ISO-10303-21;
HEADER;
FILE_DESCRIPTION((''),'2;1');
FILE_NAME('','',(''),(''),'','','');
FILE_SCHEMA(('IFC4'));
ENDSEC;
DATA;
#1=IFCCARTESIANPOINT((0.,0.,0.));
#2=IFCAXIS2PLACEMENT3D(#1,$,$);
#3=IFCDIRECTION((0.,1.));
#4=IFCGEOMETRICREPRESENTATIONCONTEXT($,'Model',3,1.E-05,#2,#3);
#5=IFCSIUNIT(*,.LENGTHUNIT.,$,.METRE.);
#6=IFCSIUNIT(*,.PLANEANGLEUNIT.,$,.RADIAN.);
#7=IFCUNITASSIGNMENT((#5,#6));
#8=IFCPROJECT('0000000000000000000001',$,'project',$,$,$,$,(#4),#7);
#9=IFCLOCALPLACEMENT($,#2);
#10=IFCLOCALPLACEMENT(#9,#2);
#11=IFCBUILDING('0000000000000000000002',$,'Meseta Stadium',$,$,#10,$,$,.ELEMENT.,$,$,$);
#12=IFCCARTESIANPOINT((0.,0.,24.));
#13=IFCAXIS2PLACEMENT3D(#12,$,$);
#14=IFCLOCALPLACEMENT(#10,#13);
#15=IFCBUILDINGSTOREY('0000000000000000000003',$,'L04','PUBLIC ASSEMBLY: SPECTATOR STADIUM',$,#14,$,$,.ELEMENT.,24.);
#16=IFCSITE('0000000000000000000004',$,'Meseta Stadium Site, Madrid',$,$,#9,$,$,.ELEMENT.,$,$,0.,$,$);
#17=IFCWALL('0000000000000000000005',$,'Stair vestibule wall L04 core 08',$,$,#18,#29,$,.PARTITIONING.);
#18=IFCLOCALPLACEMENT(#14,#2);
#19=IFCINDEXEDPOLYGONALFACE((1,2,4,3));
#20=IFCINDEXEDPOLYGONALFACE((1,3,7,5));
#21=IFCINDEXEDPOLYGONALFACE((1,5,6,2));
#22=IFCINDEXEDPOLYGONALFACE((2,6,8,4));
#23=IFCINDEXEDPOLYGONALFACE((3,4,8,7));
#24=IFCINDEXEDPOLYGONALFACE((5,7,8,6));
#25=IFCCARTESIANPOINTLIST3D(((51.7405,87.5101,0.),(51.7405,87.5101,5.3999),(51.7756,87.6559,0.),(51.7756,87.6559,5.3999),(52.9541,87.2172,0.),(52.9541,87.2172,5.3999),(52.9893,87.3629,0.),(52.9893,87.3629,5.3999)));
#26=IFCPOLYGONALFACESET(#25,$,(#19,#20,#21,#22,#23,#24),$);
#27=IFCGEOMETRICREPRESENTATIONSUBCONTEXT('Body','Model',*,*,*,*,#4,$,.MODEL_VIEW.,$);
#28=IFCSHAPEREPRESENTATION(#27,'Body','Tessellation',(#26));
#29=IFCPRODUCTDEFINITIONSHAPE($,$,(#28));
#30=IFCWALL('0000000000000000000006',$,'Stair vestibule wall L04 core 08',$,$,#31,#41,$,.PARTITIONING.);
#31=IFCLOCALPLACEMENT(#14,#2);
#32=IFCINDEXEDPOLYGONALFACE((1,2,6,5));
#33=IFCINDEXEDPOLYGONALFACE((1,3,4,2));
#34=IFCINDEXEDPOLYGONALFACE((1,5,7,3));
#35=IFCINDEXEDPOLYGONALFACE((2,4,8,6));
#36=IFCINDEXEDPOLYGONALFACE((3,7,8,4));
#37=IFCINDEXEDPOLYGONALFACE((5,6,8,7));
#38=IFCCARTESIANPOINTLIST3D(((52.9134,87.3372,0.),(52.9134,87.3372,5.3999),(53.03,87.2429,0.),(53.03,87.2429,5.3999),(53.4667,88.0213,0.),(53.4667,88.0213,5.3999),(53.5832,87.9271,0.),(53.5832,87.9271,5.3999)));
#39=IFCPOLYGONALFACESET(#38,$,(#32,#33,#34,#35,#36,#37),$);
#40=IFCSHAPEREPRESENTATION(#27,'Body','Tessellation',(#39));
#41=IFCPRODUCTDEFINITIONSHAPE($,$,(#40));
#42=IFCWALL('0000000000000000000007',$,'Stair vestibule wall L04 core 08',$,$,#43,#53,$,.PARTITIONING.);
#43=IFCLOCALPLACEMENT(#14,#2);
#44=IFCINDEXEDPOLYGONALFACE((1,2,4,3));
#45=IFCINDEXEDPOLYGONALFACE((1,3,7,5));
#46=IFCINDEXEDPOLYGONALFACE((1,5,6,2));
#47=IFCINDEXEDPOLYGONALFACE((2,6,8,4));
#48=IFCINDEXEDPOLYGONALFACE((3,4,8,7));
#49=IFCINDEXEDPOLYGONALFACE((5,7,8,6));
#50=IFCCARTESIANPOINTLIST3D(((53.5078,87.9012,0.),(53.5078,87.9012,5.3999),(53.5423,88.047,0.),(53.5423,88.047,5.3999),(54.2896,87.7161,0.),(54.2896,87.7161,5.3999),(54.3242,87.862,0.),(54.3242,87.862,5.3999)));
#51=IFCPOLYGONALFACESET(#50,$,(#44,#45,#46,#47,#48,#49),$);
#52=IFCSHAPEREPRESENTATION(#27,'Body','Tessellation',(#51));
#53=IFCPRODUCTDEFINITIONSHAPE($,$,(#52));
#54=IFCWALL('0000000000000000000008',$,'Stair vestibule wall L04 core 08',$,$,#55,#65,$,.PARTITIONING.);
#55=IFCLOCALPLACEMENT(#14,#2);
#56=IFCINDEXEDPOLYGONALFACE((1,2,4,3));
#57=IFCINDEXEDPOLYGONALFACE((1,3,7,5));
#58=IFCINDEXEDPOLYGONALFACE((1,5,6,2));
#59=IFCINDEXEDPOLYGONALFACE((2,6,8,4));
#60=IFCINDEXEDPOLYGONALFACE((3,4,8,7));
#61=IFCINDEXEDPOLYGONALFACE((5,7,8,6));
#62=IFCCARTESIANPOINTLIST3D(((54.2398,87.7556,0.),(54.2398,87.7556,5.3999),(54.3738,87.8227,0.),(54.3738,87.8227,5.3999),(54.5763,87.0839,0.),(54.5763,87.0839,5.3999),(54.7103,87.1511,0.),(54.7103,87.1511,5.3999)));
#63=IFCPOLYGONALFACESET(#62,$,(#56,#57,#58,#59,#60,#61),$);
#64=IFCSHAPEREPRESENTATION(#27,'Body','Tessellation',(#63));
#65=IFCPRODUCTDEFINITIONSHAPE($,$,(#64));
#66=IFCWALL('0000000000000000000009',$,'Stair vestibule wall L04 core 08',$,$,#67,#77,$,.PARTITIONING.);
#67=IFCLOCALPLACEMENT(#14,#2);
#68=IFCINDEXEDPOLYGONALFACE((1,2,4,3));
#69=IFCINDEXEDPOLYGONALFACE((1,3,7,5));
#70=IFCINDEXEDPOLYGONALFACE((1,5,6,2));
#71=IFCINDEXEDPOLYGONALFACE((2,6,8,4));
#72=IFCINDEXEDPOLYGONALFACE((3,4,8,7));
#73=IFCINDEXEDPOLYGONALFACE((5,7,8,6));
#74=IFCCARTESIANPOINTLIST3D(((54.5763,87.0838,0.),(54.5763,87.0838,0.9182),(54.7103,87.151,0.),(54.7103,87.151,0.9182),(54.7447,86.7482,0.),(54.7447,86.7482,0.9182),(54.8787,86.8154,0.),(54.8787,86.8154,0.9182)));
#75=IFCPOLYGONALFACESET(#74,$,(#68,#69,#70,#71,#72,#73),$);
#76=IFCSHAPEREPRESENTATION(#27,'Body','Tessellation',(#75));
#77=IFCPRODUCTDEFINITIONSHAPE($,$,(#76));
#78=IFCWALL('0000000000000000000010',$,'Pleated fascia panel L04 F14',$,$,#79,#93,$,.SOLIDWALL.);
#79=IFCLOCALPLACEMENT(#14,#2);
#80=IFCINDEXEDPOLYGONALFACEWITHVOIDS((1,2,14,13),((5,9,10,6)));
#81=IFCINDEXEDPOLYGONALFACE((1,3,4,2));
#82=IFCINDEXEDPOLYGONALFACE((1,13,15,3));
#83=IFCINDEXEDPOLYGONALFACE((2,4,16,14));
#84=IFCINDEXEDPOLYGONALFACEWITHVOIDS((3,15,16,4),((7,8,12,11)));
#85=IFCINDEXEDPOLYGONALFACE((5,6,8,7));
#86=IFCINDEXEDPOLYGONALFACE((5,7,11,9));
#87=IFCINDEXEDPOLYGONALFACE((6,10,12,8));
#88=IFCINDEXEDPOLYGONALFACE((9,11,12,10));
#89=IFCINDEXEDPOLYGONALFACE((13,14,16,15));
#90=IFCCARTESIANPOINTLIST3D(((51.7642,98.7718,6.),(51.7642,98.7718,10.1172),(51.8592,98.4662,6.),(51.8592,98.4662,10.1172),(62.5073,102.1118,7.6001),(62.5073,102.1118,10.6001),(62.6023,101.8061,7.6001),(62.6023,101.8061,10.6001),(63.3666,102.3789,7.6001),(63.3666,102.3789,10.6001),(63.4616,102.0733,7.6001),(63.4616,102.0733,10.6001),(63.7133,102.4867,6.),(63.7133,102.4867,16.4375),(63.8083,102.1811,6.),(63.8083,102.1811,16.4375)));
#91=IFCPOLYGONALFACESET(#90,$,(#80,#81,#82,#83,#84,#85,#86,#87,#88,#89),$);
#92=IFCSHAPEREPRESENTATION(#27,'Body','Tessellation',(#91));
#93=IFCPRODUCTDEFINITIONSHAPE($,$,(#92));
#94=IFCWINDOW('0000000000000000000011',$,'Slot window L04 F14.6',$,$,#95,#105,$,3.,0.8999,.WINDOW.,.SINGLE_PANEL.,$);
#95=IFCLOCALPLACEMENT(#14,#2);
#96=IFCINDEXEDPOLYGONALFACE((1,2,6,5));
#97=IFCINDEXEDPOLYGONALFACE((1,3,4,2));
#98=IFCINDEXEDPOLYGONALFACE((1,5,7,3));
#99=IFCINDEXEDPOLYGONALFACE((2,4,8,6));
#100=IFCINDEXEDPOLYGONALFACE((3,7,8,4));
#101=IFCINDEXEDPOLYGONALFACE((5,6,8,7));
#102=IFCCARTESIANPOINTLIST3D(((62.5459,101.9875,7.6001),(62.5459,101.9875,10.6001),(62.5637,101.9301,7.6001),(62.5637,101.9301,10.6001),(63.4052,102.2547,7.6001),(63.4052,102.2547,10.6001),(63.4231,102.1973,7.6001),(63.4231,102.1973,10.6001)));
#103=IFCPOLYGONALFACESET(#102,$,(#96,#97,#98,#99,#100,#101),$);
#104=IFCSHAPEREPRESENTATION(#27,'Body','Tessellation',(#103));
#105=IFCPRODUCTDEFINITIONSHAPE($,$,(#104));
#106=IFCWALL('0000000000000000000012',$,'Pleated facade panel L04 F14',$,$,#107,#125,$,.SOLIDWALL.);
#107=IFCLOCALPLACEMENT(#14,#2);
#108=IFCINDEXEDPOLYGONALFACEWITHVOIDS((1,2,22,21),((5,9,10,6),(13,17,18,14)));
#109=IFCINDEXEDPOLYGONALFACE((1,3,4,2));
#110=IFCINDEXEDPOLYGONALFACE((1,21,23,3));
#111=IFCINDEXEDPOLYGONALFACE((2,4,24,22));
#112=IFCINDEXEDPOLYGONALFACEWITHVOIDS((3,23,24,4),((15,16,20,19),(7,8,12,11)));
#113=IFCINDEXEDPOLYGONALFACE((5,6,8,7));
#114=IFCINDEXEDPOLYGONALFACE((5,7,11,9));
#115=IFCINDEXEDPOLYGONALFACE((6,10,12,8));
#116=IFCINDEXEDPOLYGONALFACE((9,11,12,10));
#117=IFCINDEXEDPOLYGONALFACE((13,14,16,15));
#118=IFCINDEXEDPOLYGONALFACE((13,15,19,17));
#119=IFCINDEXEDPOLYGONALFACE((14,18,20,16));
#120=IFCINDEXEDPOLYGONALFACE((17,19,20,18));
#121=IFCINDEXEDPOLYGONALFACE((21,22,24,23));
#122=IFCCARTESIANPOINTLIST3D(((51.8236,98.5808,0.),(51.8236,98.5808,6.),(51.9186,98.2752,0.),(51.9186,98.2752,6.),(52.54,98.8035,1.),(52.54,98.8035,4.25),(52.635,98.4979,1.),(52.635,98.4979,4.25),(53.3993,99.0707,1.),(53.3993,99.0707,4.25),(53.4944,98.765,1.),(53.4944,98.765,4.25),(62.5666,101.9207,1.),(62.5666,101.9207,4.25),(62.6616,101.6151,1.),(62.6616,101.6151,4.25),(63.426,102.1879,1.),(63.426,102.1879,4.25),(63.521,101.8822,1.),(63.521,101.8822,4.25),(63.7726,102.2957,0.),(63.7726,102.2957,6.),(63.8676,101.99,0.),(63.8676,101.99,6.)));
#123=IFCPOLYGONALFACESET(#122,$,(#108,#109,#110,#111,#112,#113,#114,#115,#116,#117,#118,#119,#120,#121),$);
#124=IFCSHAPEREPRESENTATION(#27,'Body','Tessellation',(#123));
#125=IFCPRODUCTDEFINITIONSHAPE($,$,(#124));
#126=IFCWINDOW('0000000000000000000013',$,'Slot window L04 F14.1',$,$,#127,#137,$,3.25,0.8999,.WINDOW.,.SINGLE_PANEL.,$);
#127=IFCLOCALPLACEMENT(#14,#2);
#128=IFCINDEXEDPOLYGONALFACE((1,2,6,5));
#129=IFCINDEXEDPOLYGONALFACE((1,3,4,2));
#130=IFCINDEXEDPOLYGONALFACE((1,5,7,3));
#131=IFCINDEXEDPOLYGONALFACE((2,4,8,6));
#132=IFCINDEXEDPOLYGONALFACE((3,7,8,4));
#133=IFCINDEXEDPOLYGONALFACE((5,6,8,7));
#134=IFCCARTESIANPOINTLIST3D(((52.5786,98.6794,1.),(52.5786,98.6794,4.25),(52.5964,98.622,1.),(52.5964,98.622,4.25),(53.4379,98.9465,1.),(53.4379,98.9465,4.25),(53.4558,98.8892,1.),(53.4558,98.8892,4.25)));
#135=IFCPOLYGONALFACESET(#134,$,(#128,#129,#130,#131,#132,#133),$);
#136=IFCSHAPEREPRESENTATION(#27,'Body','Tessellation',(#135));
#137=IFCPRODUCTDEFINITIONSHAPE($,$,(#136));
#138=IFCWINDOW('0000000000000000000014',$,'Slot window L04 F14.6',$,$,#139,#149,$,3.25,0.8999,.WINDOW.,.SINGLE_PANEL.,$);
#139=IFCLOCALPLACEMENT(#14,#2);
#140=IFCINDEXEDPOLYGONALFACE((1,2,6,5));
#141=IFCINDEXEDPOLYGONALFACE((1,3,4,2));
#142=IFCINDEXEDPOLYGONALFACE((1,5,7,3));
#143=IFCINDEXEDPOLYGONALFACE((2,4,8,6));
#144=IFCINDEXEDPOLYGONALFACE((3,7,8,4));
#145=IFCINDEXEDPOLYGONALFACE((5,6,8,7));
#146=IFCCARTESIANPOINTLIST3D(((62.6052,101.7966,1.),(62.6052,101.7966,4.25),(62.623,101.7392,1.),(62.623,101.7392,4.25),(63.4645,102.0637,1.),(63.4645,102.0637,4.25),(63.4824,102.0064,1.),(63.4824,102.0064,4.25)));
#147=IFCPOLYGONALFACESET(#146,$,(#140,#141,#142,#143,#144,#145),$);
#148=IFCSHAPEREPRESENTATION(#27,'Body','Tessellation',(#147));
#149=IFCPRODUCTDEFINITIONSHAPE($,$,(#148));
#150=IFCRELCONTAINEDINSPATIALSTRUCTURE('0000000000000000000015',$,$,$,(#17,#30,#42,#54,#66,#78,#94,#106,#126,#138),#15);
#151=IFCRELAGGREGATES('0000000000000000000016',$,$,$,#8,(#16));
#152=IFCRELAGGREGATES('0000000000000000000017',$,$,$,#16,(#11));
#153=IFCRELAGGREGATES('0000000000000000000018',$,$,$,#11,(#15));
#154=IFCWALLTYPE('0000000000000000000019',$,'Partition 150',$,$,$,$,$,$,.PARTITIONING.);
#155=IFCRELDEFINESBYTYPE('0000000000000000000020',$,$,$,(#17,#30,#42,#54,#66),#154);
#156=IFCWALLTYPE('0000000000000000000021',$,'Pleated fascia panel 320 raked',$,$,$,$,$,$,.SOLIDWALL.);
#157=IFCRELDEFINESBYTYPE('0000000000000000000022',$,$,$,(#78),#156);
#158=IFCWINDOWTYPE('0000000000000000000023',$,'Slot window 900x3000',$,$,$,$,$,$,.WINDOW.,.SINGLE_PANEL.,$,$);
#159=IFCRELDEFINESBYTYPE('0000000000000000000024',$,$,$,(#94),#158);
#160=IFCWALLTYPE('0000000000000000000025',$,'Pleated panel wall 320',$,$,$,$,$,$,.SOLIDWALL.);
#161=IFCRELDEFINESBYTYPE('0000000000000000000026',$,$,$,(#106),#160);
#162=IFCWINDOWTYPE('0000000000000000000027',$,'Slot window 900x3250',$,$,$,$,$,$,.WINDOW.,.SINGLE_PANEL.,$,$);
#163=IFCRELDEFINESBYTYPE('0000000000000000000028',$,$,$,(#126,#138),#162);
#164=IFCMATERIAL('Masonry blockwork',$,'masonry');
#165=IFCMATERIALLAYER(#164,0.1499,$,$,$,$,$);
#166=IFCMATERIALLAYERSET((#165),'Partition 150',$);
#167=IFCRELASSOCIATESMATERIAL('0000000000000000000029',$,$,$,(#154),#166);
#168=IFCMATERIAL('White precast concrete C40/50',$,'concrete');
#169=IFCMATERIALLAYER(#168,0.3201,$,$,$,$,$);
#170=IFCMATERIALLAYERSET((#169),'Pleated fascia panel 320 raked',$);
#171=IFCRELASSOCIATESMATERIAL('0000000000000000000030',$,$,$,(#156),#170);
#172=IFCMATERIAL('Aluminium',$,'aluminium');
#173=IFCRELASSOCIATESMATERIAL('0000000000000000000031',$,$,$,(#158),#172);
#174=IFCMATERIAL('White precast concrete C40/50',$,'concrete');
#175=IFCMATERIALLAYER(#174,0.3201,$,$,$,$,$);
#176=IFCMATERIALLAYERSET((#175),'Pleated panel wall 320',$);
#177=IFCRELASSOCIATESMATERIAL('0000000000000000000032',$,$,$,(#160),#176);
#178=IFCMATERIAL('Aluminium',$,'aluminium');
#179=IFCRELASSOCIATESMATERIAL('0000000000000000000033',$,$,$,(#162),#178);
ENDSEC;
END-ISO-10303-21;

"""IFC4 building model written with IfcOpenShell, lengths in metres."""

from ifc_helpers import new_model, si_unit, direction, frame, frame_2d, origin, place, context, subcontext, project, spatial, polyline, rectangle, outline, extrude, material, layer, layer_set, type_object, element, fill, save


model = new_model("IFC4")

# Units and contexts
model_context = context("Model", 3, precision=1e-05, world=origin(), true_north=direction((0.0, 1.0)))
body_context = subcontext(model_context, "Body", "Model", "MODEL_VIEW")
ifc_project = project(units=[si_unit("LENGTHUNIT", "METRE"), si_unit("PLANEANGLEUNIT", "RADIAN")], contexts=[model_context])

# Site, building, storey
site_placement = place(None, origin())
site = spatial("IfcSite", under=ifc_project, at=site_placement, Name="Meseta Stadium Site, Madrid", CompositionType="ELEMENT", RefElevation=0.0)
building_placement = place(site_placement, origin())
building = spatial("IfcBuilding", under=site, at=building_placement, Name="Meseta Stadium", CompositionType="ELEMENT")
storey_placement = place(building_placement, frame((0.0, 0.0, 24.0)))
storey = spatial("IfcBuildingStorey", under=building, at=storey_placement, Name="L04", Description="PUBLIC ASSEMBLY: SPECTATOR STADIUM", CompositionType="ELEMENT", Elevation=24.0)

# Shared definitions
ifc_material_1 = material(Name="Masonry blockwork", Category="masonry")
ifc_layer_1 = layer(ifc_material_1, 0.1499)
ifc_layer_set_1 = layer_set([ifc_layer_1], Name="Partition 150")
wall_type_1 = type_object("IfcWallType", Name="Partition 150", PredefinedType="PARTITIONING", material=ifc_layer_set_1)

# Walls
wall_1_placement = place(storey_placement, frame((51.7581, 87.583, 0.0), z_axis=(0.0, 0.0, 1.0), x_axis=(0.972078, -0.23466, 0.0)))
element("IfcWall", 1, at=wall_1_placement, inside=storey, type_object=wall_type_1, Name="Stair vestibule wall L04 core 08", PredefinedType="PARTITIONING", context=body_context, shape_type="SweptSolid", body=[
    extrude(rectangle(XDim=1.2485, YDim=0.1499, at=frame_2d((0.6243, 0.0))), origin(), (0.0, 0.0, 1.0), 5.3999),
])
wall_2_placement = place(storey_placement, frame((52.9717, 87.29, 0.0), z_axis=(0.0, 0.0, 1.0), x_axis=(0.628815, 0.777555, 0.0)))
element("IfcWall", 2, at=wall_2_placement, inside=storey, type_object=wall_type_1, Name="Stair vestibule wall L04 core 08", PredefinedType="PARTITIONING", context=body_context, shape_type="SweptSolid", body=[
    extrude(rectangle(XDim=0.8799, YDim=0.1499, at=frame_2d((0.4399, 0.0))), origin(), (0.0, 0.0, 1.0), 5.3999),
])
wall_3_placement = place(storey_placement, frame((53.5249, 87.9741, 0.0), z_axis=(0.0, 0.0, 1.0), x_axis=(0.973122, -0.230292, 0.0)))
element("IfcWall", 3, at=wall_3_placement, inside=storey, type_object=wall_type_1, Name="Stair vestibule wall L04 core 08", PredefinedType="PARTITIONING", context=body_context, shape_type="SweptSolid", body=[
    extrude(rectangle(XDim=0.8035, YDim=0.1499, at=frame_2d((0.4019, 0.0))), origin(), (0.0, 0.0, 1.0), 5.3999),
])
wall_4_placement = place(storey_placement, frame((54.3069, 87.7891, 0.0), z_axis=(0.0, 0.0, 1.0), x_axis=(0.447863, -0.894102, 0.0)))
element("IfcWall", 4, at=wall_4_placement, inside=storey, type_object=wall_type_1, Name="Stair vestibule wall L04 core 08", PredefinedType="PARTITIONING", context=body_context, shape_type="SweptSolid", body=[
    extrude(rectangle(XDim=0.7512, YDim=0.1499, at=frame_2d((0.3755, 0.0))), origin(), (0.0, 0.0, 1.0), 5.3999),
])
wall_5_placement = place(storey_placement, frame((54.6433, 87.1174, 0.0), z_axis=(0.0, 0.0, 1.0), x_axis=(0.448513, -0.893776, 0.0)))
element("IfcWall", 5, at=wall_5_placement, inside=storey, type_object=wall_type_1, Name="Stair vestibule wall L04 core 08", PredefinedType="PARTITIONING", context=body_context, shape_type="SweptSolid", body=[
    extrude(rectangle(XDim=0.3755, YDim=0.1499, at=frame_2d((0.1877, 0.0))), origin(), (0.0, 0.0, 1.0), 0.9182),
])

# Wall, opening, window
ifc_material_2 = material(Name="White precast concrete C40/50", Category="concrete")
ifc_layer_2 = layer(ifc_material_2, 0.3201)
ifc_layer_set_2 = layer_set([ifc_layer_2], Name="Pleated fascia panel 320 raked")
wall_type_2 = type_object("IfcWallType", Name="Pleated fascia panel 320 raked", PredefinedType="SOLIDWALL", material=ifc_layer_set_2)
wall_6_placement = place(storey_placement, frame((51.8118, 98.6189, 6.0), z_axis=(0.0, 0.0, 1.0), x_axis=(0.954916, 0.296876, 0.0)))
wall_6 = element("IfcWall", 6, at=wall_6_placement, inside=storey, type_object=wall_type_2, Name="Pleated fascia panel L04 F14", PredefinedType="SOLIDWALL", context=body_context, shape_type="SweptSolid", body=[
    extrude(outline(polyline([(0.0, 0.0), (12.5132, 0.0), (12.5132, 10.4375), (0.0, 4.1172), (0.0, 0.0)])), frame((0.0, 0.1602, 0.0), z_axis=(0.0, -1.0, 0.0), x_axis=(1.0, 0.0, 0.0)), (0.0, 0.0, 1.0), 0.3201),
])
opening_1_placement = place(wall_6_placement, frame((11.2502, 0.0, 1.6001)))
opening_1 = element("IfcOpeningElement", 7, at=opening_1_placement, cuts=wall_6, PredefinedType="OPENING", context=body_context, shape_type="SweptSolid", body=[
    extrude(rectangle(XDim=0.8999, YDim=3.0, at=frame_2d((0.45, 1.5))), frame((0.0, 0.1699, 0.0), z_axis=(0.0, -1.0, 0.0), x_axis=(1.0, 0.0, 0.0)), (0.0, 0.0, 1.0), 0.3401),
])
ifc_material_3 = material(Name="Aluminium", Category="aluminium")
window_type_1 = type_object("IfcWindowType", Name="Slot window 900x3000", PartitioningType="SINGLE_PANEL", PredefinedType="WINDOW", material=ifc_material_3)
window_1_placement = place(opening_1_placement, origin())
window_1 = element("IfcWindow", 8, at=window_1_placement, inside=storey, type_object=window_type_1, Name="Slot window L04 F14.6", OverallHeight=3.0, OverallWidth=0.8999, PartitioningType="SINGLE_PANEL", PredefinedType="WINDOW", context=body_context, shape_type="SweptSolid", body=[
    extrude(rectangle(XDim=0.8999, YDim=3.0, at=frame_2d((0.45, 1.5))), frame((0.0, 0.03, 0.0), z_axis=(0.0, -1.0, 0.0), x_axis=(1.0, 0.0, 0.0)), (0.0, 0.0, 1.0), 0.0601),
])
fill(opening_1, window_1)

# Wall, openings, windows
ifc_material_4 = material(Name="White precast concrete C40/50", Category="concrete")
ifc_layer_3 = layer(ifc_material_4, 0.3201)
ifc_layer_set_3 = layer_set([ifc_layer_3], Name="Pleated panel wall 320")
wall_type_3 = type_object("IfcWallType", Name="Pleated panel wall 320", PredefinedType="SOLIDWALL", material=ifc_layer_set_3)
wall_7_placement = place(storey_placement, frame((51.8711, 98.428, 0.0), z_axis=(0.0, 0.0, 1.0), x_axis=(0.954916, 0.296876, 0.0)))
wall_7 = element("IfcWall", 9, at=wall_7_placement, inside=storey, type_object=wall_type_3, Name="Pleated facade panel L04 F14", PredefinedType="SOLIDWALL", context=body_context, shape_type="SweptSolid", body=[
    extrude(rectangle(XDim=12.5132, YDim=0.3201, at=frame_2d((6.2566, 0.0))), origin(), (0.0, 0.0, 1.0), 6.0),
])
opening_2_placement = place(wall_7_placement, frame((0.7502, 0.0, 1.0)))
opening_2 = element("IfcOpeningElement", 10, at=opening_2_placement, cuts=wall_7, PredefinedType="OPENING", context=body_context, shape_type="SweptSolid", body=[
    extrude(rectangle(XDim=0.8999, YDim=3.25, at=frame_2d((0.45, 1.625))), frame((0.0, 0.1699, 0.0), z_axis=(0.0, -1.0, 0.0), x_axis=(1.0, 0.0, 0.0)), (0.0, 0.0, 1.0), 0.3401),
])
opening_3_placement = place(wall_7_placement, frame((11.2502, 0.0, 1.0)))
opening_3 = element("IfcOpeningElement", 11, at=opening_3_placement, cuts=wall_7, PredefinedType="OPENING", context=body_context, shape_type="SweptSolid", body=[
    extrude(rectangle(XDim=0.8999, YDim=3.25, at=frame_2d((0.45, 1.625))), frame((0.0, 0.1699, 0.0), z_axis=(0.0, -1.0, 0.0), x_axis=(1.0, 0.0, 0.0)), (0.0, 0.0, 1.0), 0.3401),
])
ifc_material_5 = material(Name="Aluminium", Category="aluminium")
window_type_2 = type_object("IfcWindowType", Name="Slot window 900x3250", PartitioningType="SINGLE_PANEL", PredefinedType="WINDOW", material=ifc_material_5)
window_2_placement = place(opening_2_placement, origin())
window_2 = element("IfcWindow", 12, at=window_2_placement, inside=storey, type_object=window_type_2, Name="Slot window L04 F14.1", OverallHeight=3.25, OverallWidth=0.8999, PartitioningType="SINGLE_PANEL", PredefinedType="WINDOW", context=body_context, shape_type="SweptSolid", body=[
    extrude(rectangle(XDim=0.8999, YDim=3.25, at=frame_2d((0.45, 1.625))), frame((0.0, 0.03, 0.0), z_axis=(0.0, -1.0, 0.0), x_axis=(1.0, 0.0, 0.0)), (0.0, 0.0, 1.0), 0.0601),
])
fill(opening_2, window_2)
window_3_placement = place(opening_3_placement, origin())
window_3 = element("IfcWindow", 13, at=window_3_placement, inside=storey, type_object=window_type_2, Name="Slot window L04 F14.6", OverallHeight=3.25, OverallWidth=0.8999, PartitioningType="SINGLE_PANEL", PredefinedType="WINDOW", context=body_context, shape_type="SweptSolid", body=[
    extrude(rectangle(XDim=0.8999, YDim=3.25, at=frame_2d((0.45, 1.625))), frame((0.0, 0.03, 0.0), z_axis=(0.0, -1.0, 0.0), x_axis=(1.0, 0.0, 0.0)), (0.0, 0.0, 1.0), 0.0601),
])
fill(opening_3, window_3)

save(model, "model.ifc")
